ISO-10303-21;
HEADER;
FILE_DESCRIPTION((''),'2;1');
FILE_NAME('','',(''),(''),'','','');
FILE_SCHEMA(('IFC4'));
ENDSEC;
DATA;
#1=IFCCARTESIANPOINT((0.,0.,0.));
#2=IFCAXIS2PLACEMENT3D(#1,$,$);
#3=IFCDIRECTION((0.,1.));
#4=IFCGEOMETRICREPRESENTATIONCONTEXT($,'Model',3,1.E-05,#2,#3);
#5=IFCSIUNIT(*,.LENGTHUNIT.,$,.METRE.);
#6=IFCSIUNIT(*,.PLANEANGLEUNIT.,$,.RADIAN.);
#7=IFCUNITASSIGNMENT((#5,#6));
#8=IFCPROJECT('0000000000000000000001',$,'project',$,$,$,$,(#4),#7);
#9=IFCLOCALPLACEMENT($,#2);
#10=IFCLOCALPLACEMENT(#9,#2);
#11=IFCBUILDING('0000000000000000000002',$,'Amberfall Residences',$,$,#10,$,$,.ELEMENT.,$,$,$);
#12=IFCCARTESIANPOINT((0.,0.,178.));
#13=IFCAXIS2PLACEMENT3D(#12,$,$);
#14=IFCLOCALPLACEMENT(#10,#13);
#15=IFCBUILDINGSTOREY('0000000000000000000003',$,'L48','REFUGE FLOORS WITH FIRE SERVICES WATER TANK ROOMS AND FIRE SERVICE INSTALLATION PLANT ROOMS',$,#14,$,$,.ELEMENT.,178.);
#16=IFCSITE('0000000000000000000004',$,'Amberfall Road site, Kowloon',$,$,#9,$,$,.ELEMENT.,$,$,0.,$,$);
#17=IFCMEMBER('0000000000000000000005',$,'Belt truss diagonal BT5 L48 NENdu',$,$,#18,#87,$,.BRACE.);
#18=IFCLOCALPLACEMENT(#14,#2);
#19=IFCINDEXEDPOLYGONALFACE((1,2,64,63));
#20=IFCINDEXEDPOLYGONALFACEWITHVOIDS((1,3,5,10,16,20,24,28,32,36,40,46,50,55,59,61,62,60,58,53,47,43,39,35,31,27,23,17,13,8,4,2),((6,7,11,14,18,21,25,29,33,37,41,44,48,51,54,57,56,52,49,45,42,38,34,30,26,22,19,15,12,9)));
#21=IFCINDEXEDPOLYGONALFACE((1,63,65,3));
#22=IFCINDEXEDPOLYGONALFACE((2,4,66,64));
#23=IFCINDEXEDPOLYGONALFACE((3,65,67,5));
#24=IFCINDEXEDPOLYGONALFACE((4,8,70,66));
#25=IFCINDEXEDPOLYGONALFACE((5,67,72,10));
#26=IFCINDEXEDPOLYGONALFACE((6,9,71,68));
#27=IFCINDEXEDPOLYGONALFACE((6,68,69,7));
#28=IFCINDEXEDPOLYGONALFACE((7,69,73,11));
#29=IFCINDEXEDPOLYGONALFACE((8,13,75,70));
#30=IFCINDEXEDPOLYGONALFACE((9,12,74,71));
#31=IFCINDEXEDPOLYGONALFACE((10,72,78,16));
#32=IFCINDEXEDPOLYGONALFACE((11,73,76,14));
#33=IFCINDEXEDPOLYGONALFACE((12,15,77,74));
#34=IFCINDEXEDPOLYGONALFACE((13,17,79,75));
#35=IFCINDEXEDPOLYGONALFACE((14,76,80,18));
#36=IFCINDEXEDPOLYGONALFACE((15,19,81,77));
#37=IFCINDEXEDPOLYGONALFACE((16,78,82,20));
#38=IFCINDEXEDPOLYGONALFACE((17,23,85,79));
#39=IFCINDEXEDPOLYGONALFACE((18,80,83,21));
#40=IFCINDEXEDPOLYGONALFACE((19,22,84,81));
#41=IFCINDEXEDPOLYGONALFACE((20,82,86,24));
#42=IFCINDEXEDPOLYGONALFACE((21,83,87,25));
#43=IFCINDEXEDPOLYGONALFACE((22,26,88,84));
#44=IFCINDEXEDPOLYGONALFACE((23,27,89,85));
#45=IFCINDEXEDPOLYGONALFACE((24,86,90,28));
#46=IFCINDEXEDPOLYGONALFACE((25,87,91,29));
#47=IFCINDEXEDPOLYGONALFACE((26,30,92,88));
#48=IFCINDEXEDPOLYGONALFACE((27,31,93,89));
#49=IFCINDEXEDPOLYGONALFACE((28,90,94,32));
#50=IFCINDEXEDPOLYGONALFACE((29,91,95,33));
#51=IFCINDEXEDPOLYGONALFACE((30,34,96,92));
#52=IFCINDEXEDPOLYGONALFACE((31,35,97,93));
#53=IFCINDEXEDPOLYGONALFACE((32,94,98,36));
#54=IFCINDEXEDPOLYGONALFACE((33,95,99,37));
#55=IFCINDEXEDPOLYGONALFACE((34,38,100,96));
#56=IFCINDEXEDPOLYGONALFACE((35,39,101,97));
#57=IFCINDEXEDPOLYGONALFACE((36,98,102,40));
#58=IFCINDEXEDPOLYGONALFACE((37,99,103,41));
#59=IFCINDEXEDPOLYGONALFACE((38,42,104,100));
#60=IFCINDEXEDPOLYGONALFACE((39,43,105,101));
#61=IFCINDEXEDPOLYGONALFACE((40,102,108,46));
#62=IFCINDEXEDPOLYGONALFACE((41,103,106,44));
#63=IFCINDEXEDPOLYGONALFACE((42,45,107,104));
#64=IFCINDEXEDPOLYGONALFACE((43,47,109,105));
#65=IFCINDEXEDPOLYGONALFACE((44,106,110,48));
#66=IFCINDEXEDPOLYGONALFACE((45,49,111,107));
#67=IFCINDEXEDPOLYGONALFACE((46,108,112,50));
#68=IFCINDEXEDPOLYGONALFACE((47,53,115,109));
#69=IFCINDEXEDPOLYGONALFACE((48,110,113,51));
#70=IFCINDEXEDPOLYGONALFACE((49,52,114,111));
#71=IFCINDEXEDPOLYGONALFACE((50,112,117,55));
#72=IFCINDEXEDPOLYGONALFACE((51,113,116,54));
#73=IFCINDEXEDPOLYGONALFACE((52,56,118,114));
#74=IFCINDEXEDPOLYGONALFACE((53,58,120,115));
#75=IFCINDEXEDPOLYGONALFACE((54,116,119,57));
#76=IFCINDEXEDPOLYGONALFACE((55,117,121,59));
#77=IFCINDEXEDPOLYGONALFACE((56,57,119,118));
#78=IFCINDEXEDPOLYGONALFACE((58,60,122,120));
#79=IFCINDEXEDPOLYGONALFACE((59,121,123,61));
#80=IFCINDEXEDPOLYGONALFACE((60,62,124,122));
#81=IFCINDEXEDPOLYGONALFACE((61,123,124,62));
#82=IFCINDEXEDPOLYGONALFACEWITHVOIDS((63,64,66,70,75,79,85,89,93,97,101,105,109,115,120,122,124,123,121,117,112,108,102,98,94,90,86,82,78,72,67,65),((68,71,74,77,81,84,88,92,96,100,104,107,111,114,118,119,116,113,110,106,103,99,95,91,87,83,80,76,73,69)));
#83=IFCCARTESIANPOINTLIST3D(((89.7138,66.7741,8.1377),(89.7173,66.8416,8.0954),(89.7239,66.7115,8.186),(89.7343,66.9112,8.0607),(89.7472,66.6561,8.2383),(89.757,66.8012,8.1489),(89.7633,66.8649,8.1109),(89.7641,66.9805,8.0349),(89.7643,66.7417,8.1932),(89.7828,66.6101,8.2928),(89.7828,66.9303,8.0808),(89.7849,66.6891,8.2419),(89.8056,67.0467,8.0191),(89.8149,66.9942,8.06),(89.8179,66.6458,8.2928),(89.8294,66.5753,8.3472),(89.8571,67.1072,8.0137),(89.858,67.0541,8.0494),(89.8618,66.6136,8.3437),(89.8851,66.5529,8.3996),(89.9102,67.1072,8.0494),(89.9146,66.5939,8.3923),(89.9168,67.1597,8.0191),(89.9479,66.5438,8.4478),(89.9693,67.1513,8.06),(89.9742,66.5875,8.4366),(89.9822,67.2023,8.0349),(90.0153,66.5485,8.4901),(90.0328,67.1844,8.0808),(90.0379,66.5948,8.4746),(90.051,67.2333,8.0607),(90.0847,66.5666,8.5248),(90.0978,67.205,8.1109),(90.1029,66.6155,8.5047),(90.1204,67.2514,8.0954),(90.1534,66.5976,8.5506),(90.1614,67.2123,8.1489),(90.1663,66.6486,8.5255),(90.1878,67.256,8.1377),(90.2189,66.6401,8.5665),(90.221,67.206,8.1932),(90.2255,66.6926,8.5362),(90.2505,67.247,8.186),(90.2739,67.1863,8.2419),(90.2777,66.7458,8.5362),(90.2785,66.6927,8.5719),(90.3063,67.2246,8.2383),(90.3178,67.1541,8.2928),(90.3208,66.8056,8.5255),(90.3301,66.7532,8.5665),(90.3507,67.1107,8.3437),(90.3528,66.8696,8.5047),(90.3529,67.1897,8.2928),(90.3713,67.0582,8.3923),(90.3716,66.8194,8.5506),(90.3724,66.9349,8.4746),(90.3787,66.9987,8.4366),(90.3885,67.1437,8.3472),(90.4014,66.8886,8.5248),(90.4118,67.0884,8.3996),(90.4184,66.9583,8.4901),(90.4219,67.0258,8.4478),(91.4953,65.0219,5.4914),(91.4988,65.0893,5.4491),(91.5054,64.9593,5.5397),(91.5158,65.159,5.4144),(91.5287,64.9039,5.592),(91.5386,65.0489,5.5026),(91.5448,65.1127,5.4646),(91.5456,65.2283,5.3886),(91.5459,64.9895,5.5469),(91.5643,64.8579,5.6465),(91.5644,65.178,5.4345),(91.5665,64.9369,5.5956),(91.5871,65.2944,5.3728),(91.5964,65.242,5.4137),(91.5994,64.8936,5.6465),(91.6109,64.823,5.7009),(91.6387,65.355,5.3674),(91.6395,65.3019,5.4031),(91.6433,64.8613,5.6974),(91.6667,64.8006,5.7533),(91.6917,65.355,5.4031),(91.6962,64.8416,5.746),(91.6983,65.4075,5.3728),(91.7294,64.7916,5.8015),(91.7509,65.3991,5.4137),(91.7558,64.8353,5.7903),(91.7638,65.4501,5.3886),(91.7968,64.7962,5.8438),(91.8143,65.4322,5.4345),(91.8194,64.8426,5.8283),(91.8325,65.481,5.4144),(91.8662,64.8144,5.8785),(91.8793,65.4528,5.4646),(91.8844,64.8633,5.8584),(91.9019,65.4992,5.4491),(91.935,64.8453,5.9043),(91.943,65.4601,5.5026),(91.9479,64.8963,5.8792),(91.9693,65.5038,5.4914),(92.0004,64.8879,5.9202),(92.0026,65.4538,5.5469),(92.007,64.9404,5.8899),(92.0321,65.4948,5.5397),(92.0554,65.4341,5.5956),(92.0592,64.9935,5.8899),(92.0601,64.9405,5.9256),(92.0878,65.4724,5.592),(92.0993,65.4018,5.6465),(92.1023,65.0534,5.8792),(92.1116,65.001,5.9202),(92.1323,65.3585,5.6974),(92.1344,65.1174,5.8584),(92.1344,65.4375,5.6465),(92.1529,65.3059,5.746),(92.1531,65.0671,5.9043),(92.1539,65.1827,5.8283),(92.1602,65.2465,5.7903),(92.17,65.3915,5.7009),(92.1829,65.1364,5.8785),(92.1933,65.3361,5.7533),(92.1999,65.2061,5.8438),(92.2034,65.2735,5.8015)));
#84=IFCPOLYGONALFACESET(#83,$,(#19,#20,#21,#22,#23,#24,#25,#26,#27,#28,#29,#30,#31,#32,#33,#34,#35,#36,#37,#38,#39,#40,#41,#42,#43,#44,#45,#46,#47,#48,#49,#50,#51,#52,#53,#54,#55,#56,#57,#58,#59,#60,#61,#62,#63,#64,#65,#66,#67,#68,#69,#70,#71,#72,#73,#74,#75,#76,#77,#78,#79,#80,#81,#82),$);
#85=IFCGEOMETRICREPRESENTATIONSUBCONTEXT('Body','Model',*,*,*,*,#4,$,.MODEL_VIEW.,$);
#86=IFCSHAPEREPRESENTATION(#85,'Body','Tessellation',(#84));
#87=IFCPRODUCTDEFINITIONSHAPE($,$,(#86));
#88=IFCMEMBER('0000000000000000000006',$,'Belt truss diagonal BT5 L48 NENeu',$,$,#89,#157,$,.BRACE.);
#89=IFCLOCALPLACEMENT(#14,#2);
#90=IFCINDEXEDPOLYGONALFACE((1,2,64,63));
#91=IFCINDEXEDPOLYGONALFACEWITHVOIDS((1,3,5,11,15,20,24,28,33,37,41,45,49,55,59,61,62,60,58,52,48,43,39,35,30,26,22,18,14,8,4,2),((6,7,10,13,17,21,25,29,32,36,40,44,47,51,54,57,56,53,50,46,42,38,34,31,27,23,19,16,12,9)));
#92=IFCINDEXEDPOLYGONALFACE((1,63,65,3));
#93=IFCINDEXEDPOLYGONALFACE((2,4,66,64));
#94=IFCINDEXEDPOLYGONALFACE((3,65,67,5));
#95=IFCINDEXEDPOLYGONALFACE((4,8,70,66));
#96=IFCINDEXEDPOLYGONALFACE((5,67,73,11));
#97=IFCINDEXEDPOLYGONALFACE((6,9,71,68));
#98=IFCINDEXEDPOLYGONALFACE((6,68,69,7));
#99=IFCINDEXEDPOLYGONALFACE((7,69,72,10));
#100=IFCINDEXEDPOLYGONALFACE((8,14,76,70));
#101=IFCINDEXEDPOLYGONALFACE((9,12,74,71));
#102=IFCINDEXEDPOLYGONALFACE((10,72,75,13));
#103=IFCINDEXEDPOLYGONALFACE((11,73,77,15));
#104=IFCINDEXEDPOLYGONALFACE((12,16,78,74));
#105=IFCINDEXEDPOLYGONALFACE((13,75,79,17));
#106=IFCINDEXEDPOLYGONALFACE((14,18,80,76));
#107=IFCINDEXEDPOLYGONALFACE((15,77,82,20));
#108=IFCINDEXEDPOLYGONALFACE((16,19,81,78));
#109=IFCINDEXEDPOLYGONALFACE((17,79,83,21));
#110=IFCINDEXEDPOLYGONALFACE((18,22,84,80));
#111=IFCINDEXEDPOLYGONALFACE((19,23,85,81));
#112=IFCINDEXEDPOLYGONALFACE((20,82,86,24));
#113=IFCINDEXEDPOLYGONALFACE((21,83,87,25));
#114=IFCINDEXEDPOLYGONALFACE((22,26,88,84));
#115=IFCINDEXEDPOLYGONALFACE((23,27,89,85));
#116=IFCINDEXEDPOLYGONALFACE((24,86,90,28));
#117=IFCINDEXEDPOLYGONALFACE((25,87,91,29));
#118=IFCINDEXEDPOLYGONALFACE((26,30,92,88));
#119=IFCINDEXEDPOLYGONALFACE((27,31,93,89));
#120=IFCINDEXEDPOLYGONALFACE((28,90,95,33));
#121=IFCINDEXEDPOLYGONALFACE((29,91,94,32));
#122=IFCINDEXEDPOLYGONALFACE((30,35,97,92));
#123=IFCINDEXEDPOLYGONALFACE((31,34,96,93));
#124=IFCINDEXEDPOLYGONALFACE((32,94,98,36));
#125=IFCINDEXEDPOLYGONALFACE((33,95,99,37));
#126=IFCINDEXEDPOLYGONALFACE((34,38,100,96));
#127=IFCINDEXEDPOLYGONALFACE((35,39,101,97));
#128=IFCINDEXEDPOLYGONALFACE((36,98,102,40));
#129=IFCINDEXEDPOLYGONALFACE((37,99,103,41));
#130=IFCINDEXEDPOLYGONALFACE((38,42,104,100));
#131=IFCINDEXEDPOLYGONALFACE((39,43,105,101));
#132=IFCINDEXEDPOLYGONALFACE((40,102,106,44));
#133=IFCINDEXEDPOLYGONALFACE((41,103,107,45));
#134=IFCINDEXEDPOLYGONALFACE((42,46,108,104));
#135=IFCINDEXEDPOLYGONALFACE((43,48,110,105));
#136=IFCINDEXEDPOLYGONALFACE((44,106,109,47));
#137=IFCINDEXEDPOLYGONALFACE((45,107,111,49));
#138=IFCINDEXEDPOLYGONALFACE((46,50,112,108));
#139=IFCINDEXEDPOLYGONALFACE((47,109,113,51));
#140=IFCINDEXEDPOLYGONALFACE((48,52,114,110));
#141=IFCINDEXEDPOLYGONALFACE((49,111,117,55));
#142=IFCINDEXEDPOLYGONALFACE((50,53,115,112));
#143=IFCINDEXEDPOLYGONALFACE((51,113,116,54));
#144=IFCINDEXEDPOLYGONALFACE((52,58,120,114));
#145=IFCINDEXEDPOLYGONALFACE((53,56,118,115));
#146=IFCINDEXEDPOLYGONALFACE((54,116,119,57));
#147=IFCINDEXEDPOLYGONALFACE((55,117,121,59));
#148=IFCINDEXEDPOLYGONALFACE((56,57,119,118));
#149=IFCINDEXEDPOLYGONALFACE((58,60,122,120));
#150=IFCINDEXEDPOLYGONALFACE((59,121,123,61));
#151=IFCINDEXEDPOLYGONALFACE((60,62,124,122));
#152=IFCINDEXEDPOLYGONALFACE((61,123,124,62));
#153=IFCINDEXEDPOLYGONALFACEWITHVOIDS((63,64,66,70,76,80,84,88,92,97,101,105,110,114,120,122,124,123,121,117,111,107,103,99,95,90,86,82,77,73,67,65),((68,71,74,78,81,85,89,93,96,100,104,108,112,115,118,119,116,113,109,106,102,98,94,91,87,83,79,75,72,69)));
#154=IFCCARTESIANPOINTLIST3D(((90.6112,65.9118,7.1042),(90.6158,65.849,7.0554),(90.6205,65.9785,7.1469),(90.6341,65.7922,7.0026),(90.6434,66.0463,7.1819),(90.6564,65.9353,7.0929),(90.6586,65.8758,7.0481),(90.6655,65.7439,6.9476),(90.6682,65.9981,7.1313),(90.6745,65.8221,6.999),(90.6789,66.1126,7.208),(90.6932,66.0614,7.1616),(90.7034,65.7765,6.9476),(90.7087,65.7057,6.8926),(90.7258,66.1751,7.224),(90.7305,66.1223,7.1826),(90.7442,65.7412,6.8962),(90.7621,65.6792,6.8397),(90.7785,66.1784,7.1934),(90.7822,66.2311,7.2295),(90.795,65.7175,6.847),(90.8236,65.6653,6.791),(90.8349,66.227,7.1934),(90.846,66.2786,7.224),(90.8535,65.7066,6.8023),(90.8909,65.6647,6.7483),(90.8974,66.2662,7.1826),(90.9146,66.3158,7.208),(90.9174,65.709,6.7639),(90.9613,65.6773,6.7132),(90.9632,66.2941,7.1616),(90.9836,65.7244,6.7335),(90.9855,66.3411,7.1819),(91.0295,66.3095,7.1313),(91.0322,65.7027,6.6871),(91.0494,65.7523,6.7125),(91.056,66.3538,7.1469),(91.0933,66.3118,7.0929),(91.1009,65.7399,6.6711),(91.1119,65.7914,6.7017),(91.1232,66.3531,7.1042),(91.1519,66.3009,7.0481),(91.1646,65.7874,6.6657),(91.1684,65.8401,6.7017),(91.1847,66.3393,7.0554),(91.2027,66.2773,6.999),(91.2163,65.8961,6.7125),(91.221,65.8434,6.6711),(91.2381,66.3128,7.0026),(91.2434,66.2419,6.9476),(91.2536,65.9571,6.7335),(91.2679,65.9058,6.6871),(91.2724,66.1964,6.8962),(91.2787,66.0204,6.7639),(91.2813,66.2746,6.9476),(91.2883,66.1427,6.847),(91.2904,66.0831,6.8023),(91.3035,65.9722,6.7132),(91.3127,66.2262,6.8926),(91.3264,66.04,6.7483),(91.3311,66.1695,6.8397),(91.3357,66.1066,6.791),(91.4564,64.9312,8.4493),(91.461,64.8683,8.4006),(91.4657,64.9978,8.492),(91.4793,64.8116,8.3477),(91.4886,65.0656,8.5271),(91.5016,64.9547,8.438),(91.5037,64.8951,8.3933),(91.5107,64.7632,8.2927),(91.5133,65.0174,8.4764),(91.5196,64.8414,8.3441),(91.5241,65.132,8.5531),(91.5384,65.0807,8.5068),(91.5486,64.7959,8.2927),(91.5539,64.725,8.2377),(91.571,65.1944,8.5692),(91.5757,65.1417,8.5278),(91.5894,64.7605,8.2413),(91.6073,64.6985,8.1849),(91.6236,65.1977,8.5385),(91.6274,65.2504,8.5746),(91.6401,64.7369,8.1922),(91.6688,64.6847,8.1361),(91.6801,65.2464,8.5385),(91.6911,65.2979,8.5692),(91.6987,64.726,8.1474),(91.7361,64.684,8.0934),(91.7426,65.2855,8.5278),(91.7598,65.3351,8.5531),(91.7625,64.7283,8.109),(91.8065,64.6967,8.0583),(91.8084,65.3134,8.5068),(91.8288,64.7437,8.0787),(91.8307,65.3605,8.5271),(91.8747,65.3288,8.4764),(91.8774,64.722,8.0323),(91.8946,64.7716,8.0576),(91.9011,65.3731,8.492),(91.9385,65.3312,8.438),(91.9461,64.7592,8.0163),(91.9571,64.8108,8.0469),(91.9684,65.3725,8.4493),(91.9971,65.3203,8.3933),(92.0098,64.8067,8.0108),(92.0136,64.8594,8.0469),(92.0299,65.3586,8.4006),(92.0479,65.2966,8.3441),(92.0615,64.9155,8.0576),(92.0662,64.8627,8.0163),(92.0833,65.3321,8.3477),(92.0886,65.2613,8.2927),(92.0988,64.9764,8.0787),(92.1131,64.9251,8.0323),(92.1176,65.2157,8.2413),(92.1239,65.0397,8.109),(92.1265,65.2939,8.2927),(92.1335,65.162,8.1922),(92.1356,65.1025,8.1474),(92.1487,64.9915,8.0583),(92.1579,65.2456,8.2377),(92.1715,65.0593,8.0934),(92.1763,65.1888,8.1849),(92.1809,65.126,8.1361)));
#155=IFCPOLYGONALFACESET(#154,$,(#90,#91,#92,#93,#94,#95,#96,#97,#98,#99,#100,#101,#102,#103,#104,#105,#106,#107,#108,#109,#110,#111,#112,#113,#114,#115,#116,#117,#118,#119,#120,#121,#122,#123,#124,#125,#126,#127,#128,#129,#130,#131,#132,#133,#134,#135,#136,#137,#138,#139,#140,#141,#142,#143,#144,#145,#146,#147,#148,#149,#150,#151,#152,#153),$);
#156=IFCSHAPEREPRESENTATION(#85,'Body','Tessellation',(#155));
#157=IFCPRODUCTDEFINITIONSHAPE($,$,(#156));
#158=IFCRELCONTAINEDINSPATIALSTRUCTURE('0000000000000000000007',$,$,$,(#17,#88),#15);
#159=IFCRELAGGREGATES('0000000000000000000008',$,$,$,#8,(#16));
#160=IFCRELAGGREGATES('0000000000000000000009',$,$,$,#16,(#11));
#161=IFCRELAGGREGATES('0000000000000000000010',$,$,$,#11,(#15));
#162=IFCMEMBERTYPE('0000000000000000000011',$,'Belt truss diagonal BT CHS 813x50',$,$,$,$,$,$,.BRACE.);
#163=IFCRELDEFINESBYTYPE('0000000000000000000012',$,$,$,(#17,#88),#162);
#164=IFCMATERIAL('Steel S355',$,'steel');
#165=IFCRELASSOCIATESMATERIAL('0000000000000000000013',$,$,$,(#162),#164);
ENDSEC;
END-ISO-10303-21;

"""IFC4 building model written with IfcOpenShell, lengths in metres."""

from ifc_helpers import new_model, si_unit, direction, frame, origin, origin_2d, place, context, subcontext, project, spatial, hollow_circle, extrude, material, material_profile, profile_set, type_object, element, save


model = new_model("IFC4")

# Units and contexts
model_context = context("Model", 3, precision=1e-05, world=origin(), true_north=direction((0.0, 1.0)))
body_context = subcontext(model_context, "Body", "Model", "MODEL_VIEW")
ifc_project = project(units=[si_unit("LENGTHUNIT", "METRE"), si_unit("PLANEANGLEUNIT", "RADIAN")], contexts=[model_context])

# Site, building, storey
site_placement = place(None, origin())
site = spatial("IfcSite", under=ifc_project, at=site_placement, Name="Amberfall Road site, Kowloon", CompositionType="ELEMENT", RefElevation=0.0)
building_placement = place(site_placement, origin())
building = spatial("IfcBuilding", under=site, at=building_placement, Name="Amberfall Residences", CompositionType="ELEMENT")
storey_placement = place(building_placement, frame((0.0, 0.0, 178.0)))
storey = spatial("IfcBuildingStorey", under=building, at=storey_placement, Name="L48", Description="REFUGE FLOORS WITH FIRE SERVICES WATER TANK ROOMS AND FIRE SERVICE INSTALLATION PLANT ROOMS", CompositionType="ELEMENT", Elevation=178.0)

# Shared definitions
ifc_material_1 = material(Name="Steel S355", Category="steel")

# Members
ifc_material_profile_1 = material_profile(ifc_material_1, hollow_circle(Radius=0.4065, WallThickness=0.05, at=origin_2d()), Name="CHS 813x50")
ifc_profile_set_1 = profile_set([ifc_material_profile_1], Name="Steel S355")
member_type = type_object("IfcMemberType", Name="Belt truss diagonal BT CHS 813x50", PredefinedType="BRACE", material=ifc_profile_set_1)
member_1_placement = place(storey_placement, frame((91.8494, 65.1477, 5.6465), z_axis=(-0.489479, 0.481429, 0.727074), x_axis=(-0.70122, -0.712945, 0.0)))
element("IfcMember", 1, at=member_1_placement, inside=storey, type_object=member_type, Name="Belt truss diagonal BT5 L48 NENdu", PredefinedType="BRACE", context=body_context, shape_type="SweptSolid", body=[
    extrude(hollow_circle(Radius=0.4065, WallThickness=0.05, at=origin_2d()), origin(), (0.0, 0.0, 1.0), 3.6396),
])
member_2_placement = place(storey_placement, frame((91.8186, 65.0286, 8.2927), z_axis=(-0.452706, 0.525281, -0.720512), x_axis=(-0.757497, -0.652839, 0.0)))
element("IfcMember", 2, at=member_2_placement, inside=storey, type_object=member_type, Name="Belt truss diagonal BT5 L48 NENeu", PredefinedType="BRACE", context=body_context, shape_type="SweptSolid", body=[
    extrude(hollow_circle(Radius=0.4065, WallThickness=0.05, at=origin_2d()), origin(), (0.0, 0.0, 1.0), 1.8669),
])

save(model, "model.ifc")
